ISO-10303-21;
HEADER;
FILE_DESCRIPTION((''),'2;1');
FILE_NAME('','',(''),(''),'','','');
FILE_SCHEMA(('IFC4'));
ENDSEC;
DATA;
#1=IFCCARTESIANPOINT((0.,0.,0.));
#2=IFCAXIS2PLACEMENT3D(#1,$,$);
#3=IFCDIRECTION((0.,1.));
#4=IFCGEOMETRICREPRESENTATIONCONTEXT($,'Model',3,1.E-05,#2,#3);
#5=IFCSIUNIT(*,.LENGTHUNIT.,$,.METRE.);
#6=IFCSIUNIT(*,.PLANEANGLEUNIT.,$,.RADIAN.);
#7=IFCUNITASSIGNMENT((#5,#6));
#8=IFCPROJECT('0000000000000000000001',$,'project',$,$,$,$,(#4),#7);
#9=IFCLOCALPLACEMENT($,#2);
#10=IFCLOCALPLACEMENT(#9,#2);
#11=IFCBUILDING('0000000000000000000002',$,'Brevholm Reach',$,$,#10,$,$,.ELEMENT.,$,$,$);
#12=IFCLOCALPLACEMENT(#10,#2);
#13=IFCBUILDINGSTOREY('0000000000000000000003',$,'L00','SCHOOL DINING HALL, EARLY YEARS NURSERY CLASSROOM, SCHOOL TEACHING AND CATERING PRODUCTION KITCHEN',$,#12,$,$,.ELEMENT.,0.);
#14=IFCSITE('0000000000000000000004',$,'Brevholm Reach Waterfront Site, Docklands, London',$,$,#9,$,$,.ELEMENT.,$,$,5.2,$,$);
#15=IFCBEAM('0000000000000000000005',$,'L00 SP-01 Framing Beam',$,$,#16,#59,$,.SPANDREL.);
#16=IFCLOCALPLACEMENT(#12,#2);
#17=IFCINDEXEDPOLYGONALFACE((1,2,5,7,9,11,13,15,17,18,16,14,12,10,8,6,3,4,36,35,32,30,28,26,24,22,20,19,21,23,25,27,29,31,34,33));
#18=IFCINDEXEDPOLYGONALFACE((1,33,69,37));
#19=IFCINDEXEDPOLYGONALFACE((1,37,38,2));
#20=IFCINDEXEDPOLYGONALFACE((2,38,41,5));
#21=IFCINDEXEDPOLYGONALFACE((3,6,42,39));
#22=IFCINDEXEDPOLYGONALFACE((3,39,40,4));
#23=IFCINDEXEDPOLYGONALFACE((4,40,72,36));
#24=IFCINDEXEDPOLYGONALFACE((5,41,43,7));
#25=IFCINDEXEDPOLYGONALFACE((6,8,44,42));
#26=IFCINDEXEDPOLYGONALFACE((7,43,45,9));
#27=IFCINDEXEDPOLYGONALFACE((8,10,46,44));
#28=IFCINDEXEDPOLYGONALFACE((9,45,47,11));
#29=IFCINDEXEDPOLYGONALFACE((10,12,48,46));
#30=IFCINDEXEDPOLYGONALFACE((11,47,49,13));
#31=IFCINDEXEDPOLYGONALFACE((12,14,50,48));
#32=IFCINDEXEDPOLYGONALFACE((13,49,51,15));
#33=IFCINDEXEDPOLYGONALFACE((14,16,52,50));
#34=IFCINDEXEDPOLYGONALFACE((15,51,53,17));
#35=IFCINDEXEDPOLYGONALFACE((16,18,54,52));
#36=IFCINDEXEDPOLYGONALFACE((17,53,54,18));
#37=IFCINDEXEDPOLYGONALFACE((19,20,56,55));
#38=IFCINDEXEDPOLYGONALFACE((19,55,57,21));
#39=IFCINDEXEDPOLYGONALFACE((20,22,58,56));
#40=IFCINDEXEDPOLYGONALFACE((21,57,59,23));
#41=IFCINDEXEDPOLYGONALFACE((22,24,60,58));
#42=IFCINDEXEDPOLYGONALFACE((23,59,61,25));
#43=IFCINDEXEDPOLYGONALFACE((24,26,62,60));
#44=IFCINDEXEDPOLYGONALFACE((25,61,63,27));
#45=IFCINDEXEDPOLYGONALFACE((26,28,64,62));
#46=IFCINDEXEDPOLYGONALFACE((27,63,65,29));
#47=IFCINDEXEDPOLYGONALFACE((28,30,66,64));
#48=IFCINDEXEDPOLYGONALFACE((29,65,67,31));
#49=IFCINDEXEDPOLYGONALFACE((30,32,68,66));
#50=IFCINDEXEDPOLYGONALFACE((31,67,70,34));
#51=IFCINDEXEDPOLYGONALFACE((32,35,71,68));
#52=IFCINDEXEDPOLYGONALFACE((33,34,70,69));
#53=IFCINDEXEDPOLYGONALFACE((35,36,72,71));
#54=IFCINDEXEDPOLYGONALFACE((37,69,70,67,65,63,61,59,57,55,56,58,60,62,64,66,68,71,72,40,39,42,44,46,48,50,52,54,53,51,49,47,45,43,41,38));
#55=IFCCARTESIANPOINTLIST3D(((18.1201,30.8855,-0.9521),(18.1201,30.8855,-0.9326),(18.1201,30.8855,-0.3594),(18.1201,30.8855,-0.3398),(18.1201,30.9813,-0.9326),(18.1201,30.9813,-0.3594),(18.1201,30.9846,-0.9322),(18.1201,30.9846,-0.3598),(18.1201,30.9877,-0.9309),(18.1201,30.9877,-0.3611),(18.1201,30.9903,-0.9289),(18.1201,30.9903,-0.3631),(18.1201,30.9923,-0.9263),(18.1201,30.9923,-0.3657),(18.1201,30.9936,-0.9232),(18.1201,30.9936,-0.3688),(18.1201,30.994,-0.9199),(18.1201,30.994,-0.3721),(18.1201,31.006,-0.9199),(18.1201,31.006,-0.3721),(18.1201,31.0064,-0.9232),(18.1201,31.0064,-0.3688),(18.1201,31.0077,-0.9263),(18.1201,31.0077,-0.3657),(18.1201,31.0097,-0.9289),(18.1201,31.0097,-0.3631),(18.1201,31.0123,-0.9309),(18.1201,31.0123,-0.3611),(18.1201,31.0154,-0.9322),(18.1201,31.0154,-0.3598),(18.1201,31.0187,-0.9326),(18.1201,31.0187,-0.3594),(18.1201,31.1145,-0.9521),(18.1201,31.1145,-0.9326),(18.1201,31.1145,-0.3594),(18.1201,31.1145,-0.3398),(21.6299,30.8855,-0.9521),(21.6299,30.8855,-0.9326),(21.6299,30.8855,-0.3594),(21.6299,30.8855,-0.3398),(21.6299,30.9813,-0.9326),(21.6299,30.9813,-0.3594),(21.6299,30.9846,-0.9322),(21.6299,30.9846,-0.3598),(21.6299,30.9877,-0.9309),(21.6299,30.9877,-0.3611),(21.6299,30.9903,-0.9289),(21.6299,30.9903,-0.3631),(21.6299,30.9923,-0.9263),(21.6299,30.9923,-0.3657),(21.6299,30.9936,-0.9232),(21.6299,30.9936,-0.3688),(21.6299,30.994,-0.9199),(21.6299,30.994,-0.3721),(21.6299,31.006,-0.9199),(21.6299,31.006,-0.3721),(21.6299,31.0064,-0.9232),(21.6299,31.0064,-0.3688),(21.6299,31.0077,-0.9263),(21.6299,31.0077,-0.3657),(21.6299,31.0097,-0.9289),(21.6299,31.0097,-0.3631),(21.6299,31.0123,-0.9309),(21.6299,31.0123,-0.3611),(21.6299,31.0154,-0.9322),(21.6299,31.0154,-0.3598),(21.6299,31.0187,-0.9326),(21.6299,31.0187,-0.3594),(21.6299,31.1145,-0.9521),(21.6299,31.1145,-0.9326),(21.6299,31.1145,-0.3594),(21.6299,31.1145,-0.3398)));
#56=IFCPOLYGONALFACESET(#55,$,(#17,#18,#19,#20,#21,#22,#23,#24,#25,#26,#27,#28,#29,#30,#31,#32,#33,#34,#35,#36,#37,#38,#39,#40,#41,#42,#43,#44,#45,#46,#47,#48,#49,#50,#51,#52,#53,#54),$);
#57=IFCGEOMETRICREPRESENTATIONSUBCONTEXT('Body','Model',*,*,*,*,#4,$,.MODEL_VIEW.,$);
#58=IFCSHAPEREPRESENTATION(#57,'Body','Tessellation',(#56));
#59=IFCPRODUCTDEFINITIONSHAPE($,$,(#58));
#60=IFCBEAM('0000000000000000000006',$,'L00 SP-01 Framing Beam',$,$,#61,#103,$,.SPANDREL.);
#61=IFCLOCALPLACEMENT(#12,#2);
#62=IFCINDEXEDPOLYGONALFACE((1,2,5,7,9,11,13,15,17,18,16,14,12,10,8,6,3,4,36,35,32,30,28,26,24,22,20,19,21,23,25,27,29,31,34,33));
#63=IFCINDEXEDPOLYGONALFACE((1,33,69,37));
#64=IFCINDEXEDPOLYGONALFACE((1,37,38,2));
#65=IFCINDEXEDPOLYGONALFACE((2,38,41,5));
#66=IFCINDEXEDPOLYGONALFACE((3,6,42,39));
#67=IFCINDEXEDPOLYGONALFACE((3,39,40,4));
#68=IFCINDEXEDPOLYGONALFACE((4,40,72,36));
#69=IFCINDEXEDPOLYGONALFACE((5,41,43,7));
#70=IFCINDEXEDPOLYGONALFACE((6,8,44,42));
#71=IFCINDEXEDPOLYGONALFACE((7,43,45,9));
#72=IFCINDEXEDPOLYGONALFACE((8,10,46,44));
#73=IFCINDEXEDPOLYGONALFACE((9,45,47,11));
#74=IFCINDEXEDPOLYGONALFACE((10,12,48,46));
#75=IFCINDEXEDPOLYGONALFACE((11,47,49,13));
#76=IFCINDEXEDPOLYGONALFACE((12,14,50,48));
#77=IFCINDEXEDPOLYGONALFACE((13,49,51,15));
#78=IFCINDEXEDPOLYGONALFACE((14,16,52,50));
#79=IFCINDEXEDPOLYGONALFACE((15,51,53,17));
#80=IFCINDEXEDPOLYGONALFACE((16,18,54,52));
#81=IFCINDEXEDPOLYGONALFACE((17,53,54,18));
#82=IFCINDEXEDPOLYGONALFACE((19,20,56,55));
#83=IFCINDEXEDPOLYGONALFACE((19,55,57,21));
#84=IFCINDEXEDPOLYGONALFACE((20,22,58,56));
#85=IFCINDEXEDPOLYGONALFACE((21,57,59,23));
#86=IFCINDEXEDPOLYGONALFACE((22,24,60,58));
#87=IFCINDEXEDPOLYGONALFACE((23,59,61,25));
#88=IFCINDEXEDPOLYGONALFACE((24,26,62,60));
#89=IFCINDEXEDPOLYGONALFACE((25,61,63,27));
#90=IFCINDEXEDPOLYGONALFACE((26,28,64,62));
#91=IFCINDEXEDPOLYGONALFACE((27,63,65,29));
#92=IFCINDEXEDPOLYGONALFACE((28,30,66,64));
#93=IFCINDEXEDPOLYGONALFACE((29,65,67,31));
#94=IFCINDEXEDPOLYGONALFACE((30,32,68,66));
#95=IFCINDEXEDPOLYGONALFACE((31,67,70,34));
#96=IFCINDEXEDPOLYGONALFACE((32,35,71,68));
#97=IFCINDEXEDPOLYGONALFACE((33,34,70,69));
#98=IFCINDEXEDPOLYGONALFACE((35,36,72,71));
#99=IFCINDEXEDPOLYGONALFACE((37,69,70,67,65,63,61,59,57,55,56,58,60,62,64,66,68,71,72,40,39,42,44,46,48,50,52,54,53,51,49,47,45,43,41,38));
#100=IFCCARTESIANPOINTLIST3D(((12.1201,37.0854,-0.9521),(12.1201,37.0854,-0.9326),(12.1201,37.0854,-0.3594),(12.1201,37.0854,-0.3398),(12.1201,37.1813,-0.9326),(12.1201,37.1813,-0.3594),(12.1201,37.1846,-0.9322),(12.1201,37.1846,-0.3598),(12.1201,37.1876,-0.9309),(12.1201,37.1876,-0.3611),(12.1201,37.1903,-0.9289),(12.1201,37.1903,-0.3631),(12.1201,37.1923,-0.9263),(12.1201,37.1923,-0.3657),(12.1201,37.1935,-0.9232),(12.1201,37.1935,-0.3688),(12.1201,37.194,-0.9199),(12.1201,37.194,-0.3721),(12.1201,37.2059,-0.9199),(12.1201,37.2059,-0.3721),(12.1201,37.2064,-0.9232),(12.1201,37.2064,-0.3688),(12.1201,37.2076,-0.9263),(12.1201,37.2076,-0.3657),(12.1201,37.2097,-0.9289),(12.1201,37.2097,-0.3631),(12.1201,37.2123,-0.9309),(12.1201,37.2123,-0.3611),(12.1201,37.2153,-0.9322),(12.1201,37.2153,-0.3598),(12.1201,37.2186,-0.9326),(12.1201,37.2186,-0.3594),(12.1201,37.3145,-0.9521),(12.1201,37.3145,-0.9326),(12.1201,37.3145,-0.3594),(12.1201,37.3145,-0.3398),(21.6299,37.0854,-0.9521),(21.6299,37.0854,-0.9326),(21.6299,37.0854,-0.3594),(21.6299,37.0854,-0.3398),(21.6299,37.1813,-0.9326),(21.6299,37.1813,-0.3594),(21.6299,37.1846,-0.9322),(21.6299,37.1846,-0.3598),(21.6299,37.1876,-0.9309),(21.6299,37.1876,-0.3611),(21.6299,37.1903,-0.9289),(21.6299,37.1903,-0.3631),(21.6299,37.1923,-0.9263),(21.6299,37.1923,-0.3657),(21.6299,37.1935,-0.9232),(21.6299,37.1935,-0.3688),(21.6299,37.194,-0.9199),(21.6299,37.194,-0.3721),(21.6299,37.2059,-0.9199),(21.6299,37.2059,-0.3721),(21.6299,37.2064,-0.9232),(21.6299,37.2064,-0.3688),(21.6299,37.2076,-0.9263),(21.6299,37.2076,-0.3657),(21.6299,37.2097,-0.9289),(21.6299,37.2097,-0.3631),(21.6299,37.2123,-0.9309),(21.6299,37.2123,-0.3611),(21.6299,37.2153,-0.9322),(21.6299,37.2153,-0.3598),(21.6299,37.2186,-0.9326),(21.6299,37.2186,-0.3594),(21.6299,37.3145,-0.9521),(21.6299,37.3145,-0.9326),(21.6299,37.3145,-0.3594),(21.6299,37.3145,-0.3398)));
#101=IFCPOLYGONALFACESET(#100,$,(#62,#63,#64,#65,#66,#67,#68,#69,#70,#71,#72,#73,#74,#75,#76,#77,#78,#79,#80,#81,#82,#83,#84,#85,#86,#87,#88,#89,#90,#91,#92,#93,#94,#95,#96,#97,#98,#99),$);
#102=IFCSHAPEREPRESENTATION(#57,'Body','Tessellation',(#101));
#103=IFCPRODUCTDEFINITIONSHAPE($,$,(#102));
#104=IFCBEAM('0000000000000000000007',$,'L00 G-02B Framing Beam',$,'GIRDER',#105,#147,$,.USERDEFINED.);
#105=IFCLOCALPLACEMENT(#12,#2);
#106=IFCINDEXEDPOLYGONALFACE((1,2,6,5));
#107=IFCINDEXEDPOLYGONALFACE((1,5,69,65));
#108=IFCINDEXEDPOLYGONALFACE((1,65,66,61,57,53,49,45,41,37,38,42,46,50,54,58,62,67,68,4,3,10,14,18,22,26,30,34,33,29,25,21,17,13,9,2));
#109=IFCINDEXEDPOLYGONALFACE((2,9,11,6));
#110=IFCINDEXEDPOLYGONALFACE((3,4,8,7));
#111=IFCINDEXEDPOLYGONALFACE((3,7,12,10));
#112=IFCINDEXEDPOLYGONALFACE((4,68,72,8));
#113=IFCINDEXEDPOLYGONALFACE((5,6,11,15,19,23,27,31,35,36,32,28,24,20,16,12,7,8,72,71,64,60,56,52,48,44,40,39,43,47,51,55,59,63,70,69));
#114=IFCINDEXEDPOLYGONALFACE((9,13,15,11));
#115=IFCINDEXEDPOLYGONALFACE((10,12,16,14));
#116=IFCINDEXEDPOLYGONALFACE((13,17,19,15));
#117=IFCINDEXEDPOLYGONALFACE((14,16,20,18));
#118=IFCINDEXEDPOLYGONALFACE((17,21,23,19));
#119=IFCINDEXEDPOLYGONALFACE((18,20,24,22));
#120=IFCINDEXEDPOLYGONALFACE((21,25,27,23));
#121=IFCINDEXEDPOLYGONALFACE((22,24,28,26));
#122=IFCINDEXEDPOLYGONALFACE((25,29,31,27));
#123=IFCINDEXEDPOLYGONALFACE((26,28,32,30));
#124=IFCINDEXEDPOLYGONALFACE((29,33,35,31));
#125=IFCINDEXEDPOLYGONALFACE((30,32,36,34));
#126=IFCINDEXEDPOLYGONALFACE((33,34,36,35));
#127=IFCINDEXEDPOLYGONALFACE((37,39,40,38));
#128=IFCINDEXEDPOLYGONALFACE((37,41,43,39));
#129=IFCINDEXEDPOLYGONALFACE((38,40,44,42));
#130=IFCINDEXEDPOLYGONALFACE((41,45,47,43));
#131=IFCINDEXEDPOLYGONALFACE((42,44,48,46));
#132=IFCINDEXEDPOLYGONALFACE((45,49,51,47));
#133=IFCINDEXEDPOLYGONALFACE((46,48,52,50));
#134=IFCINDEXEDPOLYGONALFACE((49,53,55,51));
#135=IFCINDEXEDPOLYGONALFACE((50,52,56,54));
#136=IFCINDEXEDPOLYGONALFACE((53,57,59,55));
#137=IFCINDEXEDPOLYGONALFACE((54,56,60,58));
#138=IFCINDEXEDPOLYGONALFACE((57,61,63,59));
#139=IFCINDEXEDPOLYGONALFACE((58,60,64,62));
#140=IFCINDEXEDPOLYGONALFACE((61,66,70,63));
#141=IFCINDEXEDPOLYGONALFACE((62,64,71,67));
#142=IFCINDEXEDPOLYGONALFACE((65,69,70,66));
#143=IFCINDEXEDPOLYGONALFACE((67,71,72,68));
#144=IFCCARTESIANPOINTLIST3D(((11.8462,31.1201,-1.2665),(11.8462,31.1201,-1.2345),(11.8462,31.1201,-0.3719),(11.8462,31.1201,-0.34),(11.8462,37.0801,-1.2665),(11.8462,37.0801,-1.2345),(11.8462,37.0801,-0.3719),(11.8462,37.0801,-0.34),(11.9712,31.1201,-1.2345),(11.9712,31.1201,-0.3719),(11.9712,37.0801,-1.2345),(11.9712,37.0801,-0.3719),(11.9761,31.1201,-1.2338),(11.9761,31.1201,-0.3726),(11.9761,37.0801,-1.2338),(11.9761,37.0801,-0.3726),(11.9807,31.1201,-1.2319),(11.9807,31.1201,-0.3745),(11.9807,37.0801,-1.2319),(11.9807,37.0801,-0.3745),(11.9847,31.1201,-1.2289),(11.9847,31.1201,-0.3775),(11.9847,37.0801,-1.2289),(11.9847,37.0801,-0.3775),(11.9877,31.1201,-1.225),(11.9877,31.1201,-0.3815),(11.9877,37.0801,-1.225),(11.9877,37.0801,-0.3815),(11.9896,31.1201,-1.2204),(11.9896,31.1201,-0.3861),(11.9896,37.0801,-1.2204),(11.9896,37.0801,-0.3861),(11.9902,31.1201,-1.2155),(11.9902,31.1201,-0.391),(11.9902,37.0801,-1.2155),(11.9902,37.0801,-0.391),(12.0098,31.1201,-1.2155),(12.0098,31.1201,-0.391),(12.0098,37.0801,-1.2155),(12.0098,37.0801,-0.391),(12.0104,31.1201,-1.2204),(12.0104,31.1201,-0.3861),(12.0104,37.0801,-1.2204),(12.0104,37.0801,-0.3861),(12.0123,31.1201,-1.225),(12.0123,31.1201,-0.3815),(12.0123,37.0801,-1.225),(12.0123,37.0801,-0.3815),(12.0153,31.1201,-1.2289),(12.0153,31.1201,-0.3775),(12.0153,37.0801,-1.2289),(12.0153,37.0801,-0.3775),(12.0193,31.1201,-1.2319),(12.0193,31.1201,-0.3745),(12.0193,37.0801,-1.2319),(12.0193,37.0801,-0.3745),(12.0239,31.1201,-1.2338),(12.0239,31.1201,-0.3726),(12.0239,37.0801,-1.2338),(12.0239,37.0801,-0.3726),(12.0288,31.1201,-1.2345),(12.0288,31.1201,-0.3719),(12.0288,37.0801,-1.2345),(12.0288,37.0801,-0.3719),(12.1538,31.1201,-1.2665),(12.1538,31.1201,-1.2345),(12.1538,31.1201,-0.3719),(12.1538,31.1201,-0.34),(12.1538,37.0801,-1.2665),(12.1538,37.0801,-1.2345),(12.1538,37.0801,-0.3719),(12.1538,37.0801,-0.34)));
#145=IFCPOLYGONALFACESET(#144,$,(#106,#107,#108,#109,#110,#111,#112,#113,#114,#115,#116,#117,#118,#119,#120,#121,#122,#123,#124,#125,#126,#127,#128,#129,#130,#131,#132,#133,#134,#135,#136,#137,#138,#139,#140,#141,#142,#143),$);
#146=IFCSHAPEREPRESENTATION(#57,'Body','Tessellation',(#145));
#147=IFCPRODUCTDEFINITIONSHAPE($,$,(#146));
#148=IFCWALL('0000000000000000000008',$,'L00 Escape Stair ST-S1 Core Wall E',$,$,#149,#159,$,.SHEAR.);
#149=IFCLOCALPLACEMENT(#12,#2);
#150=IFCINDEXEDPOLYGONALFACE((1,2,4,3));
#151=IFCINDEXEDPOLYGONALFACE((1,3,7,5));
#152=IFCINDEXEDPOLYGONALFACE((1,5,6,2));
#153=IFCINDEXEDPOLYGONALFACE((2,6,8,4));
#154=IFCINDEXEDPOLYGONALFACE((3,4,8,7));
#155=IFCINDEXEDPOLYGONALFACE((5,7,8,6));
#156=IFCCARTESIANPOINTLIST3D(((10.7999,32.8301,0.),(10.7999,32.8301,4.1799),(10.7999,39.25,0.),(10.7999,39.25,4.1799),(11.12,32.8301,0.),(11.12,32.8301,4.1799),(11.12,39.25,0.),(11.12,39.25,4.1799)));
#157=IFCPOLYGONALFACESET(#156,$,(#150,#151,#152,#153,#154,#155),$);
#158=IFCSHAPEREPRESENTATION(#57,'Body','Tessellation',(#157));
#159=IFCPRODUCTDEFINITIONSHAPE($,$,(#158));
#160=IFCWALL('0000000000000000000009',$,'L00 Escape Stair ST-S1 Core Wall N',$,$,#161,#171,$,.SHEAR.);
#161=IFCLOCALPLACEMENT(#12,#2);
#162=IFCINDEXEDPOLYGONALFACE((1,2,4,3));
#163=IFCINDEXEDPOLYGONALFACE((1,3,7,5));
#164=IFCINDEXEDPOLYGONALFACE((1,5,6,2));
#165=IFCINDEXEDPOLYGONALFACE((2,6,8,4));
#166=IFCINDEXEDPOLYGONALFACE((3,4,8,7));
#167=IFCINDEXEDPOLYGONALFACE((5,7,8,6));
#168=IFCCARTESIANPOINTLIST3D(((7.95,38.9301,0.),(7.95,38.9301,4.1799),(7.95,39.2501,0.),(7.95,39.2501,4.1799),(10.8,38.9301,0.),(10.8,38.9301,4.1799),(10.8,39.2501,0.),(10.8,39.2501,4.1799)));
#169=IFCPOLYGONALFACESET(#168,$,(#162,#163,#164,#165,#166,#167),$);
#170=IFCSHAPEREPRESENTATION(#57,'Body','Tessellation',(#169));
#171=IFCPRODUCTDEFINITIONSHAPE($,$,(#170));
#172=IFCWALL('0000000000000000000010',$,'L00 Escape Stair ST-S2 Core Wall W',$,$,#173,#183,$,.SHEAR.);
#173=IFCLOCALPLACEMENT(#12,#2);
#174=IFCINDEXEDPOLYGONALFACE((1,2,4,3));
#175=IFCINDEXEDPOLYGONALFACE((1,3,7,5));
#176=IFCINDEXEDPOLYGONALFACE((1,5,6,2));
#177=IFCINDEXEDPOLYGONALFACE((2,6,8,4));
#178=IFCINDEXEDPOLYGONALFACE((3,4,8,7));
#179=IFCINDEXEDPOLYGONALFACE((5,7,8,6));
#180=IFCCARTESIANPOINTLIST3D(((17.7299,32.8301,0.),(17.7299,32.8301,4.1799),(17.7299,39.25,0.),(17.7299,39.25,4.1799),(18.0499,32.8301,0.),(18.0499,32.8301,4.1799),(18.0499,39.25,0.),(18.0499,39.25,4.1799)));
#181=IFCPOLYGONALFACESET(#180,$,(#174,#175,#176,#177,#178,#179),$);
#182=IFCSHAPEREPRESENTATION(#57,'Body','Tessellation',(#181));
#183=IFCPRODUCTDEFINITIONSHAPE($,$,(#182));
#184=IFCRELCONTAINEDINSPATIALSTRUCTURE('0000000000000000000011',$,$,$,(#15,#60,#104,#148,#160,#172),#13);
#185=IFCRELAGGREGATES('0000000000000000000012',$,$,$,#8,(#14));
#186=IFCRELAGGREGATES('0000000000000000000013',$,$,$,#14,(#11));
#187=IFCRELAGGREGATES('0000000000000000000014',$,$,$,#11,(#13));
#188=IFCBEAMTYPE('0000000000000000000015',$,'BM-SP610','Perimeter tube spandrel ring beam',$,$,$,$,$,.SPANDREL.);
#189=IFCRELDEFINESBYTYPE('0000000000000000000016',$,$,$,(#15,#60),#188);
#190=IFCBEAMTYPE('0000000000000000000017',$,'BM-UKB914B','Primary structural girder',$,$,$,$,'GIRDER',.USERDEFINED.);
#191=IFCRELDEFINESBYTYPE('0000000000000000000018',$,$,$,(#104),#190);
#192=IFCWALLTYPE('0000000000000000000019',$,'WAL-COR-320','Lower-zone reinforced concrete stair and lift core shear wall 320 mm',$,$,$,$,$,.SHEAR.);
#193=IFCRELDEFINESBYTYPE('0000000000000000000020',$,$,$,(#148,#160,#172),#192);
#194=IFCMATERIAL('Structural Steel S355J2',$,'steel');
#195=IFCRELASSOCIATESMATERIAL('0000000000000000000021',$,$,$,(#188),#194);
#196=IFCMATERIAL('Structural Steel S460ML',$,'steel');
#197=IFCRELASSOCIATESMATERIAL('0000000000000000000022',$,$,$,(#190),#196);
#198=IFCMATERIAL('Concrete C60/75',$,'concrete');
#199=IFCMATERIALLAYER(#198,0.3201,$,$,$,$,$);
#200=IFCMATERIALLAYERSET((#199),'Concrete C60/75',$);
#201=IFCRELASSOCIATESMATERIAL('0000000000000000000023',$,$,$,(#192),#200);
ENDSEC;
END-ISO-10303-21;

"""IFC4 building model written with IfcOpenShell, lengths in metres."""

from ifc_helpers import new_model, si_unit, direction, frame, frame_2d, origin, origin_2d, place, context, subcontext, project, spatial, rectangle, i_section, extrude, material, layer, layer_set, material_profile, profile_set, type_object, element, save


model = new_model("IFC4")

# Units and contexts
model_context = context("Model", 3, precision=1e-05, world=origin(), true_north=direction((0.0, 1.0)))
body_context = subcontext(model_context, "Body", "Model", "MODEL_VIEW")
ifc_project = project(units=[si_unit("LENGTHUNIT", "METRE"), si_unit("PLANEANGLEUNIT", "RADIAN")], contexts=[model_context])

# Site, building, storey
site_placement = place(None, origin())
site = spatial("IfcSite", under=ifc_project, at=site_placement, Name="Brevholm Reach Waterfront Site, Docklands, London", CompositionType="ELEMENT", RefElevation=5.2)
building_placement = place(site_placement, origin())
building = spatial("IfcBuilding", under=site, at=building_placement, Name="Brevholm Reach", CompositionType="ELEMENT")
storey_placement = place(building_placement, origin())
storey = spatial("IfcBuildingStorey", under=building, at=storey_placement, Name="L00", Description="SCHOOL DINING HALL, EARLY YEARS NURSERY CLASSROOM, SCHOOL TEACHING AND CATERING PRODUCTION KITCHEN", CompositionType="ELEMENT", Elevation=0.0)

# Beams
ifc_material_1 = material(Name="Structural Steel S355J2", Category="steel")
ifc_material_profile_1 = material_profile(ifc_material_1, i_section(OverallWidth=0.229, OverallDepth=0.6123, WebThickness=0.012, FlangeThickness=0.0195, FilletRadius=0.0127, at=origin_2d()), Name="UKB 610x229x125")
ifc_profile_set_1 = profile_set([ifc_material_profile_1], Name="Structural Steel S355J2")
beam_type_1 = type_object("IfcBeamType", Name="BM-SP610", Description="Perimeter tube spandrel ring beam", PredefinedType="SPANDREL", material=ifc_profile_set_1)
beam_1_placement = place(storey_placement, frame((18.1201, 31.0, -0.646), z_axis=(1.0, 0.0, 0.0), x_axis=(0.0, 1.0, 0.0)))
element("IfcBeam", 1, at=beam_1_placement, inside=storey, type_object=beam_type_1, Name="L00 SP-01 Framing Beam", PredefinedType="SPANDREL", context=body_context, shape_type="SweptSolid", body=[
    extrude(i_section(OverallWidth=0.229, OverallDepth=0.6123, WebThickness=0.012, FlangeThickness=0.0195, FilletRadius=0.0127, at=origin_2d()), origin(), (0.0, 0.0, 1.0), 3.5098),
])
beam_2_placement = place(storey_placement, frame((12.1201, 37.2, -0.646), z_axis=(1.0, 0.0, 0.0), x_axis=(0.0, 1.0, 0.0)))
element("IfcBeam", 2, at=beam_2_placement, inside=storey, type_object=beam_type_1, Name="L00 SP-01 Framing Beam", PredefinedType="SPANDREL", context=body_context, shape_type="SweptSolid", body=[
    extrude(i_section(OverallWidth=0.229, OverallDepth=0.6123, WebThickness=0.012, FlangeThickness=0.0195, FilletRadius=0.0127, at=origin_2d()), origin(), (0.0, 0.0, 1.0), 9.5098),
])
ifc_material_2 = material(Name="Structural Steel S460ML", Category="steel")
ifc_material_profile_2 = material_profile(ifc_material_2, i_section(OverallWidth=0.3076, OverallDepth=0.9265, WebThickness=0.0195, FlangeThickness=0.032, FilletRadius=0.019, at=origin_2d()), Name="UKB 914x305x289")
ifc_profile_set_2 = profile_set([ifc_material_profile_2], Name="Structural Steel S460ML")
beam_type_2 = type_object("IfcBeamType", Name="BM-UKB914B", Description="Primary structural girder", ElementType="GIRDER", PredefinedType="USERDEFINED", material=ifc_profile_set_2)
beam_3_placement = place(storey_placement, frame((12.0, 31.1201, -0.8032), z_axis=(0.0, 1.0, 0.0), x_axis=(-1.0, 0.0, 0.0)))
element("IfcBeam", 3, at=beam_3_placement, inside=storey, type_object=beam_type_2, Name="L00 G-02B Framing Beam", ObjectType="GIRDER", PredefinedType="USERDEFINED", context=body_context, shape_type="SweptSolid", body=[
    extrude(i_section(OverallWidth=0.3076, OverallDepth=0.9265, WebThickness=0.0195, FlangeThickness=0.032, FilletRadius=0.019, at=origin_2d()), origin(), (0.0, 0.0, 1.0), 5.96),
])

# Walls
ifc_material_3 = material(Name="Concrete C60/75", Category="concrete")
ifc_layer_1 = layer(ifc_material_3, 0.3201)
ifc_layer_set_1 = layer_set([ifc_layer_1], Name="Concrete C60/75")
wall_type_1 = type_object("IfcWallType", Name="WAL-COR-320", Description="Lower-zone reinforced concrete stair and lift core shear wall 320 mm", PredefinedType="SHEAR", material=ifc_layer_set_1)
wall_1_placement = place(storey_placement, frame((10.96, 32.8301, 0.0), z_axis=(0.0, 0.0, 1.0), x_axis=(0.0, 1.0, 0.0)))
element("IfcWall", 4, at=wall_1_placement, inside=storey, type_object=wall_type_1, Name="L00 Escape Stair ST-S1 Core Wall E", PredefinedType="SHEAR", context=body_context, shape_type="SweptSolid", body=[
    extrude(rectangle(XDim=6.4199, YDim=0.3201, at=frame_2d((3.21, 0.0))), origin(), (0.0, 0.0, 1.0), 4.1799),
])
wall_2_placement = place(storey_placement, frame((10.8, 39.0901, 0.0), z_axis=(0.0, 0.0, 1.0), x_axis=(-1.0, 0.0, 0.0)))
element("IfcWall", 5, at=wall_2_placement, inside=storey, type_object=wall_type_1, Name="L00 Escape Stair ST-S1 Core Wall N", PredefinedType="SHEAR", context=body_context, shape_type="SweptSolid", body=[
    extrude(rectangle(XDim=2.8501, YDim=0.3201, at=frame_2d((1.425, 0.0))), origin(), (0.0, 0.0, 1.0), 4.1799),
])
wall_3_placement = place(storey_placement, frame((17.8899, 32.8301, 0.0), z_axis=(0.0, 0.0, 1.0), x_axis=(0.0, 1.0, 0.0)))
element("IfcWall", 6, at=wall_3_placement, inside=storey, type_object=wall_type_1, Name="L00 Escape Stair ST-S2 Core Wall W", PredefinedType="SHEAR", context=body_context, shape_type="SweptSolid", body=[
    extrude(rectangle(XDim=6.4199, YDim=0.3201, at=frame_2d((3.21, 0.0))), origin(), (0.0, 0.0, 1.0), 4.1799),
])

save(model, "model.ifc")
